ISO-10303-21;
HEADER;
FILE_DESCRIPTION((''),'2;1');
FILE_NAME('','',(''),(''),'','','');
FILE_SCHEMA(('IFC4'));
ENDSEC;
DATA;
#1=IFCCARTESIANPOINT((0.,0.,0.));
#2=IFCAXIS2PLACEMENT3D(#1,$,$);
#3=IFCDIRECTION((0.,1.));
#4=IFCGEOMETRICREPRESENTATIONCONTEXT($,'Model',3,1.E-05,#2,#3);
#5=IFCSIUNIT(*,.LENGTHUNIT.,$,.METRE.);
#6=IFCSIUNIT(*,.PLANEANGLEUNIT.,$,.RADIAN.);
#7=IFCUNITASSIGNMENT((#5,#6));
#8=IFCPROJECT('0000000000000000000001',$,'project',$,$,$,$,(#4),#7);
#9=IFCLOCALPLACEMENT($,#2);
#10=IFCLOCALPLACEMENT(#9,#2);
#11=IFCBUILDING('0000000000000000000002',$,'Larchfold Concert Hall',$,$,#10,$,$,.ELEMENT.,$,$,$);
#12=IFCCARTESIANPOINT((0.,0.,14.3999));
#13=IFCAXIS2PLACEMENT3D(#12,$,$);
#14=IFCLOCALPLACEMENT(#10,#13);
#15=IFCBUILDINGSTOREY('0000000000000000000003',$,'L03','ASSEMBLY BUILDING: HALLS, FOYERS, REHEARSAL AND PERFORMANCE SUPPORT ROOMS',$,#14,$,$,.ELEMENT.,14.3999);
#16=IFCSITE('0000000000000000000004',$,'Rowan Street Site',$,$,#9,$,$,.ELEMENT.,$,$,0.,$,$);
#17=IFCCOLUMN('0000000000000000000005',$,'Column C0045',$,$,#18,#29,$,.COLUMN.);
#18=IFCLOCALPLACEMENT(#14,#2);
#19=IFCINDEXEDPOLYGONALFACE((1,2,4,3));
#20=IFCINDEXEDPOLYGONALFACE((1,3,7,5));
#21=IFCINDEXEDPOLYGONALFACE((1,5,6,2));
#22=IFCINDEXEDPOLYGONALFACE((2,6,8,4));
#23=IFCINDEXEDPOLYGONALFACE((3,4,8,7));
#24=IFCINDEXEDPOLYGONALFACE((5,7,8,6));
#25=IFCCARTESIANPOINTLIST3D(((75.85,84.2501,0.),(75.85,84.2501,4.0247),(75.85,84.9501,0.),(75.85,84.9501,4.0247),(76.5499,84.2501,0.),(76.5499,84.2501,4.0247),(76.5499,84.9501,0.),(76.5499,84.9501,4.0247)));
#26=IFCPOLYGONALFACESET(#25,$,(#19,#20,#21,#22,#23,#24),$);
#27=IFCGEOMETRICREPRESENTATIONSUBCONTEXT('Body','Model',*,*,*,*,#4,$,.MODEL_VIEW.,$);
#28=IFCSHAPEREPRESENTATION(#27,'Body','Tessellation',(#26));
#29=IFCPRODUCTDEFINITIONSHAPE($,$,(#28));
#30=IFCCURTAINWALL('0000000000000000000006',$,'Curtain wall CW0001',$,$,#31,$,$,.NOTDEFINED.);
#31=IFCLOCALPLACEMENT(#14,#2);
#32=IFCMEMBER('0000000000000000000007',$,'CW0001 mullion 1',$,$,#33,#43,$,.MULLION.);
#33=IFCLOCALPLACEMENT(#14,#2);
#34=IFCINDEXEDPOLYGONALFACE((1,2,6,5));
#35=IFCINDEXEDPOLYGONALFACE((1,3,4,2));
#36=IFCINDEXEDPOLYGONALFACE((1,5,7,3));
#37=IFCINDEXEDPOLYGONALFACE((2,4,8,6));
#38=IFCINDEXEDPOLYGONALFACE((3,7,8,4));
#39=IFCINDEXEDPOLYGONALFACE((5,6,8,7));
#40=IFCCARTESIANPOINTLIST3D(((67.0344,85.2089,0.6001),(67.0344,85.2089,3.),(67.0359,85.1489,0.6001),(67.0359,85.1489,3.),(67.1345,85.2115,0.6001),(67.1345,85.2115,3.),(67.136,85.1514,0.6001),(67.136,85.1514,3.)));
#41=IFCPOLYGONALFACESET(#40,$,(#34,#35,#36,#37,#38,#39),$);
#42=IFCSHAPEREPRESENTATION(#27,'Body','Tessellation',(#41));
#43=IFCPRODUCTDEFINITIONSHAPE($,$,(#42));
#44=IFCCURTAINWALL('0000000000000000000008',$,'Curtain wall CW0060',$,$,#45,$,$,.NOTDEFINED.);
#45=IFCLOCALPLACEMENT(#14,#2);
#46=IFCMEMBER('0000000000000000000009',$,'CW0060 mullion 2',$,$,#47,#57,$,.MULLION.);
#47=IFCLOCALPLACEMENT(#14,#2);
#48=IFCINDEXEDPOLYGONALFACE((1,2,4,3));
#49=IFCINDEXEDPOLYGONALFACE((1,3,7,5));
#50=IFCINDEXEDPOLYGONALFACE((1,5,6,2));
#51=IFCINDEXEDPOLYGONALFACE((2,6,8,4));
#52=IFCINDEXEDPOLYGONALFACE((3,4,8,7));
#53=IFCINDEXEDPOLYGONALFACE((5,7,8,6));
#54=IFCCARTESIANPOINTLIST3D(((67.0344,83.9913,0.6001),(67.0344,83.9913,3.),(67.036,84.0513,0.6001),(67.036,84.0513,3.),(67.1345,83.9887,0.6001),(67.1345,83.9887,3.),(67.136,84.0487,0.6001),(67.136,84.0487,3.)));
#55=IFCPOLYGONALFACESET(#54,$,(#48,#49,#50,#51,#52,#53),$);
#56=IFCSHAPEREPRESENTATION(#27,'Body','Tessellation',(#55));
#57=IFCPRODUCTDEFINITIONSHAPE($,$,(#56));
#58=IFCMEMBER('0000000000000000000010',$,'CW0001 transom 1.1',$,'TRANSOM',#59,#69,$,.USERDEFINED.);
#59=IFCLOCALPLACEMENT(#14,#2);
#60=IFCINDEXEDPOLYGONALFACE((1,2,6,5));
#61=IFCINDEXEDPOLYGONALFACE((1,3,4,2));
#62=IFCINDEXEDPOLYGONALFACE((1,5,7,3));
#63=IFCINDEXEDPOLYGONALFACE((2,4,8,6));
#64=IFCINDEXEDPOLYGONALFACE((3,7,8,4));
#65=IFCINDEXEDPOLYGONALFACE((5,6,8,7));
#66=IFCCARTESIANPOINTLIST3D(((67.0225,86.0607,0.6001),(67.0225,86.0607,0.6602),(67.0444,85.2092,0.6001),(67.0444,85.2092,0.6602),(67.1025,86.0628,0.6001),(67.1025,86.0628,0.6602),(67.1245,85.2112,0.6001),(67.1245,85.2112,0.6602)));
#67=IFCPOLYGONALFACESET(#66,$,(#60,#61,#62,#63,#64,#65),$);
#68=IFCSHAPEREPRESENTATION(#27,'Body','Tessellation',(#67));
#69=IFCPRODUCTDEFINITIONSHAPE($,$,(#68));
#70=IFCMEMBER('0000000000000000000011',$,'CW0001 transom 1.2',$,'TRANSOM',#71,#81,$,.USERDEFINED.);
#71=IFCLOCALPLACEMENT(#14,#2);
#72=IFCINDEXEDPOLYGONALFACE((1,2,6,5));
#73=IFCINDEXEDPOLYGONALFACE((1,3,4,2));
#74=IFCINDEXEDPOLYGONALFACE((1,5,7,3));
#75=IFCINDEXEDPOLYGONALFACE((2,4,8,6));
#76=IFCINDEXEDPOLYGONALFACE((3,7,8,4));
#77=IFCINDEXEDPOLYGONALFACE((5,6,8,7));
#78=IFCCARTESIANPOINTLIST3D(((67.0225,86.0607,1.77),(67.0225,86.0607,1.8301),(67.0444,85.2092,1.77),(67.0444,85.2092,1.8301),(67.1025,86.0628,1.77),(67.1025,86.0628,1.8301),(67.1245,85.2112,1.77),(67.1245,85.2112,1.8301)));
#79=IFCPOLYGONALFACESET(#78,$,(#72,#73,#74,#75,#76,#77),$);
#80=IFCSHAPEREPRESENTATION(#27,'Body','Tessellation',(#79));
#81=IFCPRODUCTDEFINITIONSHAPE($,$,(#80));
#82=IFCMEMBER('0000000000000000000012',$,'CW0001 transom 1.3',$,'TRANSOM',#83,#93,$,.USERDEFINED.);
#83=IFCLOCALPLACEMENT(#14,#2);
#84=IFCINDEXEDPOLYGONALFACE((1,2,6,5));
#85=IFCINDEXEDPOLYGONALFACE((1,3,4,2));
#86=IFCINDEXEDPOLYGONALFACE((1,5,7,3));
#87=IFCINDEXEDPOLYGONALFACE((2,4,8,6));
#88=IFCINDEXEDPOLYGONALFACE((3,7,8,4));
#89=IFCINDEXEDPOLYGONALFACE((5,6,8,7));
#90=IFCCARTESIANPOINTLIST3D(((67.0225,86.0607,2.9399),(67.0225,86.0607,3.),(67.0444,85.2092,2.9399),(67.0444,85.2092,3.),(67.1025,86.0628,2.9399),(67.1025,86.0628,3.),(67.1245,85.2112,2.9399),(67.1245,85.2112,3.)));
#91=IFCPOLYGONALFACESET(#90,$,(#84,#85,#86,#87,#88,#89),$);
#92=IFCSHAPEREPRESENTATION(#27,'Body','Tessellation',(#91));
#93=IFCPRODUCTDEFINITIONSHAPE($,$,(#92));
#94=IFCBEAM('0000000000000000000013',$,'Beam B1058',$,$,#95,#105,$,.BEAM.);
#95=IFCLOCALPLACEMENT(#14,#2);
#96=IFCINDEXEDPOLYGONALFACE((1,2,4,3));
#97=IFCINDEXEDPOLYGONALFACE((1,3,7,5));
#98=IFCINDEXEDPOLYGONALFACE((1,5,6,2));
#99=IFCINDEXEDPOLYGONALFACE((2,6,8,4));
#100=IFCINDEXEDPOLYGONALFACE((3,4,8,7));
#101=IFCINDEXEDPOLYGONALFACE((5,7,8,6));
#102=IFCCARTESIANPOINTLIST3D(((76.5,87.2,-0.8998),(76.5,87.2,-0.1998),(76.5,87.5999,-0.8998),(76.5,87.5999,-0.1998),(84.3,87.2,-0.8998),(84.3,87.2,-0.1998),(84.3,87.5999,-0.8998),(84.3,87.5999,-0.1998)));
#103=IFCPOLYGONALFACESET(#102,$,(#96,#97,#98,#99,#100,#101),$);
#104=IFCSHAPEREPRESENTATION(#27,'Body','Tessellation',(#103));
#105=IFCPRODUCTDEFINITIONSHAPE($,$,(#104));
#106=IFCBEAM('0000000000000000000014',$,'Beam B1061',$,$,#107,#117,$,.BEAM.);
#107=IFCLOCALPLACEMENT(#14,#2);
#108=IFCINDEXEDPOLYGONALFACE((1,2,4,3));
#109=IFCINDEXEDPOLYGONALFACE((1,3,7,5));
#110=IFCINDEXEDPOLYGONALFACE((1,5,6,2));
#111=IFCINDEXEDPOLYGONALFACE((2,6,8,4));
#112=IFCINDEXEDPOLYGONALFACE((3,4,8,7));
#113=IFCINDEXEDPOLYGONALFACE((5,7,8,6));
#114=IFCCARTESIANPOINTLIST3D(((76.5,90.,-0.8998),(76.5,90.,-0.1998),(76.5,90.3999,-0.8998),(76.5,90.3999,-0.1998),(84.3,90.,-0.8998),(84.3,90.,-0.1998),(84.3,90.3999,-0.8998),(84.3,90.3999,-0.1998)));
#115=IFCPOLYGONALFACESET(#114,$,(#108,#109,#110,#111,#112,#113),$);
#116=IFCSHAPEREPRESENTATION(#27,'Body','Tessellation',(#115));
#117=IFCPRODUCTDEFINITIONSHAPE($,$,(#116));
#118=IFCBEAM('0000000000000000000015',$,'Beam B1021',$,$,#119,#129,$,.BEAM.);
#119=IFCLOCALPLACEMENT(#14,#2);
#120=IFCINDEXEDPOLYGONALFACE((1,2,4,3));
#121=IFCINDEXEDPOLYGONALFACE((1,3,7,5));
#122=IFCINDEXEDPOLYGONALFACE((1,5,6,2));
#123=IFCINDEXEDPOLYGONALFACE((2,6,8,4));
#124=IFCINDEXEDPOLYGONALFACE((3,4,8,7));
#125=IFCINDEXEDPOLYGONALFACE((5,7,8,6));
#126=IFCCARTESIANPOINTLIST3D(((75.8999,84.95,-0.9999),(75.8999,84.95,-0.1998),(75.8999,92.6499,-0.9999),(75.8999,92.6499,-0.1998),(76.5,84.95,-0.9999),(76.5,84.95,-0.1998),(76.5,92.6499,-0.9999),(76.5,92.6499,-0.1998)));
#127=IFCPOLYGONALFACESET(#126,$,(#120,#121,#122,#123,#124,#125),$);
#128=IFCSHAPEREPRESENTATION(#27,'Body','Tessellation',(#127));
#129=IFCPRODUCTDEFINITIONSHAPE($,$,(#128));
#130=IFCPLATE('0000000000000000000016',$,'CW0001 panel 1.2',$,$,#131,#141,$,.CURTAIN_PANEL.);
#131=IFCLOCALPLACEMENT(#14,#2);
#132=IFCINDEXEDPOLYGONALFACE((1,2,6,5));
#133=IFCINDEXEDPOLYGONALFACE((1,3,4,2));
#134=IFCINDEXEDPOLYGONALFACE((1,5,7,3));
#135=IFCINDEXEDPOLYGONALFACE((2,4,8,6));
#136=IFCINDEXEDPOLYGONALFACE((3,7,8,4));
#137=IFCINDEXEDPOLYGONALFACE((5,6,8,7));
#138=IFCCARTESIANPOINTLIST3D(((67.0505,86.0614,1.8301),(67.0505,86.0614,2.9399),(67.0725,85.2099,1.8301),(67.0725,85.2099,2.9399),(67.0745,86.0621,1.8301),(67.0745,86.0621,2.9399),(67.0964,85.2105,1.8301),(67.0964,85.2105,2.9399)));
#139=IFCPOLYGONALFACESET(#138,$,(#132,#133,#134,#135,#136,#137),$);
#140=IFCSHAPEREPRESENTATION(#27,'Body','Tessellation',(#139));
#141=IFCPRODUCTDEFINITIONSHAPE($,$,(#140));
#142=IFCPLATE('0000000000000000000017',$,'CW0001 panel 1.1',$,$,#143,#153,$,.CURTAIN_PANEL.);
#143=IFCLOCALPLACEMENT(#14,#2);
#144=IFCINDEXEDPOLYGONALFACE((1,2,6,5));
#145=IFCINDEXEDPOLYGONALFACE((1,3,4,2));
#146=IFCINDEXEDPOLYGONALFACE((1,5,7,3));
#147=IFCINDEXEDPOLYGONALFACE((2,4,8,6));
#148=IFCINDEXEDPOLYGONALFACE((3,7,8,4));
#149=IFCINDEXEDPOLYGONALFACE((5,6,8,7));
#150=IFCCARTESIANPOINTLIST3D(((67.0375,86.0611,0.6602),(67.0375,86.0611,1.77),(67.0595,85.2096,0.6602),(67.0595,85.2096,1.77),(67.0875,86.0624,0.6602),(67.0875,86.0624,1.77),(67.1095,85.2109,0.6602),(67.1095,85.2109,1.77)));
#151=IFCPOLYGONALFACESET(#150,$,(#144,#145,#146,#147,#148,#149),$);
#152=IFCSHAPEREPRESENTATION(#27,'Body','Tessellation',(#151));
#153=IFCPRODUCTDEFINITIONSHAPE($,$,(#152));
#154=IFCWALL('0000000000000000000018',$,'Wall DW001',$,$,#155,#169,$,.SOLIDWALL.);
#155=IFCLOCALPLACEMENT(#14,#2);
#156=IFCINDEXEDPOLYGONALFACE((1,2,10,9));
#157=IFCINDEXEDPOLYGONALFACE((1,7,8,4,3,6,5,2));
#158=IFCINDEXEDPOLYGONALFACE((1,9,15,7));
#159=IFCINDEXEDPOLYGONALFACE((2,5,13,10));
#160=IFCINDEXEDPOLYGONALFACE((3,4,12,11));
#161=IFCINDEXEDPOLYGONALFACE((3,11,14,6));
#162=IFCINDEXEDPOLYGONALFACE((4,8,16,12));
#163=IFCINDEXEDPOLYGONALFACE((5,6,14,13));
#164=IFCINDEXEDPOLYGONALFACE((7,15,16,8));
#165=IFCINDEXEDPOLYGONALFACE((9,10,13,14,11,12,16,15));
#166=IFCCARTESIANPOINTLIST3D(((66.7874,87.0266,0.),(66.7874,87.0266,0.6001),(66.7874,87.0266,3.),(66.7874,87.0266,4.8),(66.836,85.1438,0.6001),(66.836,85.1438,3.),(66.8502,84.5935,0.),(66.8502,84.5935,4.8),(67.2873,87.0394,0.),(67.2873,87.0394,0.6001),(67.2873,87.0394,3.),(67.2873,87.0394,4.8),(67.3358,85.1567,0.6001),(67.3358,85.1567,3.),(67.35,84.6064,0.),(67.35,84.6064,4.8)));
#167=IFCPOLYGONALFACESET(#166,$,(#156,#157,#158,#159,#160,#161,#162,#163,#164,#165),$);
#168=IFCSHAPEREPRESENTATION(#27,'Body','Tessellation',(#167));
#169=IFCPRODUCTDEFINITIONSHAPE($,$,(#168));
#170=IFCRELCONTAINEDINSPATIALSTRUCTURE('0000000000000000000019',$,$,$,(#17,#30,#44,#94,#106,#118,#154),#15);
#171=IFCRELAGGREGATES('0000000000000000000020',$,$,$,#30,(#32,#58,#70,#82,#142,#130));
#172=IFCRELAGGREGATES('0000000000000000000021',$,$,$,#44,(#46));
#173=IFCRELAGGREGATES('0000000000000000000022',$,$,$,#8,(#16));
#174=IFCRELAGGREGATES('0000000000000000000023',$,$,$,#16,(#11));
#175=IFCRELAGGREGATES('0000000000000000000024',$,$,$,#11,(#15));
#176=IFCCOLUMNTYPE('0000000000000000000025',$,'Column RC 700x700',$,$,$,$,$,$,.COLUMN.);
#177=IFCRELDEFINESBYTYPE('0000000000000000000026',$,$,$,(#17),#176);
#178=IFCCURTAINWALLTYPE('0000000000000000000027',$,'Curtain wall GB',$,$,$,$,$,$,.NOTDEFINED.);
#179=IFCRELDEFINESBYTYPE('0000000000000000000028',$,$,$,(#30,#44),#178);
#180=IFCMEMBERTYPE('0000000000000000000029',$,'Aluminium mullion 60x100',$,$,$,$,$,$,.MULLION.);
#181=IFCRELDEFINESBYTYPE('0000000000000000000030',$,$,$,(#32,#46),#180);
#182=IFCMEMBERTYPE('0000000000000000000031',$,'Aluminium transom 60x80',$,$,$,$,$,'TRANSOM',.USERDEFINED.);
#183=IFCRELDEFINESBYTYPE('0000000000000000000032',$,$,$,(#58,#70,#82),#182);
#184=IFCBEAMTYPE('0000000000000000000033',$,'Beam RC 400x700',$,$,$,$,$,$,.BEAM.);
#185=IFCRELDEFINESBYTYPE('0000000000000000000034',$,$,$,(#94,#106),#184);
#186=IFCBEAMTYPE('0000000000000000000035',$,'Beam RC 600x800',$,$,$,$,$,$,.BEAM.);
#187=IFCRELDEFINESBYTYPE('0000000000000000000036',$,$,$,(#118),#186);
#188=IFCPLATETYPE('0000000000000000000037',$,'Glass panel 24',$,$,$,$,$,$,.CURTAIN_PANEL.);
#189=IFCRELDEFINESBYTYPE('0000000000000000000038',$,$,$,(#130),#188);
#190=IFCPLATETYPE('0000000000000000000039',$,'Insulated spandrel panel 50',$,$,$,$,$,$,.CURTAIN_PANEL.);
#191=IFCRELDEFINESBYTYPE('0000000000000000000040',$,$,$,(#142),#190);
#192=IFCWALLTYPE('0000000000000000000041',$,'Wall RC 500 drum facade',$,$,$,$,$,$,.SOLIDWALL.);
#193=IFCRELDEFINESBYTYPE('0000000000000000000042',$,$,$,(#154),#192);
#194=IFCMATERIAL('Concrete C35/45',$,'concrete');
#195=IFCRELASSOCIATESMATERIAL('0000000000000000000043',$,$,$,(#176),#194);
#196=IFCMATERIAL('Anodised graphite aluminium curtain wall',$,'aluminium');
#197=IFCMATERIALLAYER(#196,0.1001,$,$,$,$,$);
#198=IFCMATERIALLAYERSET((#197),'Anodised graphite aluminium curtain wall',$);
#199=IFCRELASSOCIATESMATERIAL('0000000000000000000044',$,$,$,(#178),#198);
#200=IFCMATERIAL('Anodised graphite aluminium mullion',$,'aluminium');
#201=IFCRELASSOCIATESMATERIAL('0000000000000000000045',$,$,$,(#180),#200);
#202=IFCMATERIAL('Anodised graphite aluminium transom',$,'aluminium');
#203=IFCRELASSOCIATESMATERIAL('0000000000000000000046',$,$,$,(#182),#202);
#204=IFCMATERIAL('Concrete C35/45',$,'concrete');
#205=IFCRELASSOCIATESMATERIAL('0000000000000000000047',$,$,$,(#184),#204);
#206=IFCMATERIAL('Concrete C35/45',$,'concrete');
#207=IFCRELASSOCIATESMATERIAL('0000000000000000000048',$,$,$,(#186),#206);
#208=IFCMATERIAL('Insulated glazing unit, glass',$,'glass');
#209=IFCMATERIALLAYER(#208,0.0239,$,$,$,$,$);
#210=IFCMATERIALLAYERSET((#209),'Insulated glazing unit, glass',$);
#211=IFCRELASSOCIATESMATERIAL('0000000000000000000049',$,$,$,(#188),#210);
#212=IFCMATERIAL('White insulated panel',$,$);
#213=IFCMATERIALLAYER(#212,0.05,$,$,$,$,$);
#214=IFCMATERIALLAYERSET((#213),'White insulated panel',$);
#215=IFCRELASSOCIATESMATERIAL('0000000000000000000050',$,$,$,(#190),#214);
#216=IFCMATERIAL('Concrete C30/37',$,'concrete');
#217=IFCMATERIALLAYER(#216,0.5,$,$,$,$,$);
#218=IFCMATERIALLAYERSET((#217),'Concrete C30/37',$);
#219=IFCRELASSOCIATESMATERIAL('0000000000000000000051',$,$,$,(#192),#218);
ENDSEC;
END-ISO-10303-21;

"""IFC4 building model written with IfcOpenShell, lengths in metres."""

from ifc_helpers import new_model, si_unit, direction, frame, frame_2d, origin, origin_2d, place, context, subcontext, project, spatial, rectangle, extrude, material, layer, layer_set, material_profile, profile_set, type_object, element, fill, aggregate, save


model = new_model("IFC4")

# Units and contexts
model_context = context("Model", 3, precision=1e-05, world=origin(), true_north=direction((0.0, 1.0)))
body_context = subcontext(model_context, "Body", "Model", "MODEL_VIEW")
ifc_project = project(units=[si_unit("LENGTHUNIT", "METRE"), si_unit("PLANEANGLEUNIT", "RADIAN")], contexts=[model_context])

# Site, building, storey
site_placement = place(None, origin())
site = spatial("IfcSite", under=ifc_project, at=site_placement, Name="Rowan Street Site", CompositionType="ELEMENT", RefElevation=0.0)
building_placement = place(site_placement, origin())
building = spatial("IfcBuilding", under=site, at=building_placement, Name="Larchfold Concert Hall", CompositionType="ELEMENT")
storey_placement = place(building_placement, frame((0.0, 0.0, 14.3999)))
storey = spatial("IfcBuildingStorey", under=building, at=storey_placement, Name="L03", Description="ASSEMBLY BUILDING: HALLS, FOYERS, REHEARSAL AND PERFORMANCE SUPPORT ROOMS", CompositionType="ELEMENT", Elevation=14.3999)

# Column
ifc_material_1 = material(Name="Concrete C35/45", Category="concrete")
ifc_material_profile_1 = material_profile(ifc_material_1, rectangle(XDim=0.7, YDim=0.7, at=origin_2d()))
ifc_profile_set_1 = profile_set([ifc_material_profile_1], Name="Concrete C35/45")
column_type = type_object("IfcColumnType", Name="Column RC 700x700", PredefinedType="COLUMN", material=ifc_profile_set_1)
column_placement = place(storey_placement, frame((76.2, 84.6001, 0.0), z_axis=(0.0, 0.0, 1.0), x_axis=(1.0, 0.0, 0.0)))
element("IfcColumn", 1, at=column_placement, inside=storey, type_object=column_type, Name="Column C0045", PredefinedType="COLUMN", context=body_context, shape_type="SweptSolid", body=[
    extrude(rectangle(XDim=0.7, YDim=0.7, at=origin_2d()), origin(), (0.0, 0.0, 1.0), 4.0247),
])

# Curtain walls, members
ifc_material_2 = material(Name="Anodised graphite aluminium curtain wall", Category="aluminium")
ifc_layer_1 = layer(ifc_material_2, 0.1001)
ifc_layer_set_1 = layer_set([ifc_layer_1], Name="Anodised graphite aluminium curtain wall")
curtain_wall_type = type_object("IfcCurtainWallType", Name="Curtain wall GB", PredefinedType="NOTDEFINED", material=ifc_layer_set_1)
curtain_wall_1_placement = place(storey_placement, origin())
curtain_wall_1 = element("IfcCurtainWall", 2, at=curtain_wall_1_placement, inside=storey, type_object=curtain_wall_type, Name="Curtain wall CW0001", PredefinedType="NOTDEFINED")
ifc_material_3 = material(Name="Anodised graphite aluminium mullion", Category="aluminium")
ifc_material_profile_2 = material_profile(ifc_material_3, rectangle(XDim=0.1001, YDim=0.0601, at=origin_2d()))
ifc_profile_set_2 = profile_set([ifc_material_profile_2], Name="Anodised graphite aluminium mullion")
member_type_1 = type_object("IfcMemberType", Name="Aluminium mullion 60x100", PredefinedType="MULLION", material=ifc_profile_set_2)
member_1_placement = place(storey_placement, frame((67.0852, 85.1802, 0.6001), z_axis=(0.0, 0.0, 1.0), x_axis=(-0.999667, -0.025792, 0.0)))
member_1 = element("IfcMember", 3, at=member_1_placement, type_object=member_type_1, Name="CW0001 mullion 1", PredefinedType="MULLION", context=body_context, shape_type="SweptSolid", body=[
    extrude(rectangle(XDim=0.1001, YDim=0.0601, at=origin_2d()), origin(), (0.0, 0.0, 1.0), 2.3999),
])
curtain_wall_2_placement = place(storey_placement, origin())
curtain_wall_2 = element("IfcCurtainWall", 4, at=curtain_wall_2_placement, inside=storey, type_object=curtain_wall_type, Name="Curtain wall CW0060", PredefinedType="NOTDEFINED")
member_2_placement = place(storey_placement, frame((67.0852, 84.02, 0.6001), z_axis=(0.0, 0.0, 1.0), x_axis=(-0.99966, 0.026069, 0.0)))
member_2 = element("IfcMember", 5, at=member_2_placement, type_object=member_type_1, Name="CW0060 mullion 2", PredefinedType="MULLION", context=body_context, shape_type="SweptSolid", body=[
    extrude(rectangle(XDim=0.1001, YDim=0.0601, at=origin_2d()), origin(), (0.0, 0.0, 1.0), 2.3999),
])

# Members
ifc_material_4 = material(Name="Anodised graphite aluminium transom", Category="aluminium")
ifc_material_profile_3 = material_profile(ifc_material_4, rectangle(XDim=0.0801, YDim=0.0601, at=origin_2d()))
ifc_profile_set_3 = profile_set([ifc_material_profile_3], Name="Anodised graphite aluminium transom")
member_type_2 = type_object("IfcMemberType", Name="Aluminium transom 60x80", ElementType="TRANSOM", PredefinedType="USERDEFINED", material=ifc_profile_set_3)
member_3_placement = place(storey_placement, frame((67.0845, 85.2102, 0.6301), z_axis=(-0.025794, 0.999667, 0.0), x_axis=(-0.999667, -0.025794, 0.0)))
member_3 = element("IfcMember", 6, at=member_3_placement, type_object=member_type_2, Name="CW0001 transom 1.1", ObjectType="TRANSOM", PredefinedType="USERDEFINED", context=body_context, shape_type="SweptSolid", body=[
    extrude(rectangle(XDim=0.0801, YDim=0.0601, at=origin_2d()), origin(), (0.0, 0.0, 1.0), 0.8518),
])
member_4_placement = place(storey_placement, frame((67.0845, 85.2102, 1.8), z_axis=(-0.025794, 0.999667, 0.0), x_axis=(-0.999667, -0.025794, 0.0)))
member_4 = element("IfcMember", 7, at=member_4_placement, type_object=member_type_2, Name="CW0001 transom 1.2", ObjectType="TRANSOM", PredefinedType="USERDEFINED", context=body_context, shape_type="SweptSolid", body=[
    extrude(rectangle(XDim=0.0801, YDim=0.0601, at=origin_2d()), origin(), (0.0, 0.0, 1.0), 0.8518),
])
member_5_placement = place(storey_placement, frame((67.0845, 85.2102, 2.97), z_axis=(-0.025794, 0.999667, 0.0), x_axis=(-0.999667, -0.025794, 0.0)))
member_5 = element("IfcMember", 8, at=member_5_placement, type_object=member_type_2, Name="CW0001 transom 1.3", ObjectType="TRANSOM", PredefinedType="USERDEFINED", context=body_context, shape_type="SweptSolid", body=[
    extrude(rectangle(XDim=0.0801, YDim=0.0601, at=origin_2d()), origin(), (0.0, 0.0, 1.0), 0.8518),
])

# Beams
ifc_material_5 = material(Name="Concrete C35/45", Category="concrete")
ifc_material_profile_4 = material_profile(ifc_material_5, rectangle(XDim=0.3999, YDim=0.7, at=origin_2d()))
ifc_profile_set_4 = profile_set([ifc_material_profile_4], Name="Concrete C35/45")
beam_type_1 = type_object("IfcBeamType", Name="Beam RC 400x700", PredefinedType="BEAM", material=ifc_profile_set_4)
for number, where, z_axis, x_axis, name in (
    (9, (76.5, 87.3999, -0.5498), (1.0, 0.0, 0.0), (0.0, 1.0, 0.0), "Beam B1058"),
    (10, (76.5, 90.2, -0.5498), (1.0, 0.0, 0.0), (0.0, 1.0, 0.0), "Beam B1061"),
):
    element("IfcBeam", number, at=place(storey_placement, frame(where, z_axis=z_axis, x_axis=x_axis)), inside=storey, type_object=beam_type_1, Name=name, PredefinedType="BEAM", context=body_context, shape_type="SweptSolid", body=[
        extrude(rectangle(XDim=0.3999, YDim=0.7, at=origin_2d()), origin(), (0.0, 0.0, 1.0), 7.8),
    ])
ifc_material_6 = material(Name="Concrete C35/45", Category="concrete")
ifc_material_profile_5 = material_profile(ifc_material_6, rectangle(XDim=0.6001, YDim=0.8, at=origin_2d()))
ifc_profile_set_5 = profile_set([ifc_material_profile_5], Name="Concrete C35/45")
beam_type_2 = type_object("IfcBeamType", Name="Beam RC 600x800", PredefinedType="BEAM", material=ifc_profile_set_5)
for number, where, z_axis, x_axis, name in (
    (11, (76.2, 84.95, -0.5999), (0.0, 1.0, 0.0), (-1.0, 0.0, 0.0), "Beam B1021"),
):
    element("IfcBeam", number, at=place(storey_placement, frame(where, z_axis=z_axis, x_axis=x_axis)), inside=storey, type_object=beam_type_2, Name=name, PredefinedType="BEAM", context=body_context, shape_type="SweptSolid", body=[
        extrude(rectangle(XDim=0.6001, YDim=0.8, at=origin_2d()), origin(), (0.0, 0.0, 1.0), 7.7),
    ])

# Plates
ifc_material_7 = material(Name="Insulated glazing unit, glass", Category="glass")
ifc_layer_2 = layer(ifc_material_7, 0.0239)
ifc_layer_set_2 = layer_set([ifc_layer_2], Name="Insulated glazing unit, glass")
plate_type_1 = type_object("IfcPlateType", Name="Glass panel 24", PredefinedType="CURTAIN_PANEL", material=ifc_layer_set_2)
plate_1_placement = place(storey_placement, frame((67.0735, 85.636, 1.8301), z_axis=(0.0, 0.0, 1.0), x_axis=(-0.025792, 0.999667, 0.0)))
plate_1 = element("IfcPlate", 12, at=plate_1_placement, type_object=plate_type_1, Name="CW0001 panel 1.2", PredefinedType="CURTAIN_PANEL", context=body_context, shape_type="SweptSolid", body=[
    extrude(rectangle(XDim=0.8518, YDim=0.0239, at=origin_2d()), origin(), (0.0, 0.0, 1.0), 1.1099),
])
ifc_material_8 = material(Name="White insulated panel")
ifc_layer_3 = layer(ifc_material_8, 0.05)
ifc_layer_set_3 = layer_set([ifc_layer_3], Name="White insulated panel")
plate_type_2 = type_object("IfcPlateType", Name="Insulated spandrel panel 50", PredefinedType="CURTAIN_PANEL", material=ifc_layer_set_3)
plate_2_placement = place(storey_placement, frame((67.0735, 85.636, 0.6602), z_axis=(0.0, 0.0, 1.0), x_axis=(-0.025792, 0.999667, 0.0)))
plate_2 = element("IfcPlate", 13, at=plate_2_placement, type_object=plate_type_2, Name="CW0001 panel 1.1", PredefinedType="CURTAIN_PANEL", context=body_context, shape_type="SweptSolid", body=[
    extrude(rectangle(XDim=0.8518, YDim=0.05, at=origin_2d()), origin(), (0.0, 0.0, 1.0), 1.1099),
])
aggregate(curtain_wall_1, [member_1, member_3, member_4, member_5, plate_2, plate_1])
aggregate(curtain_wall_2, [member_2])

# Wall, opening
ifc_material_9 = material(Name="Concrete C30/37", Category="concrete")
ifc_layer_4 = layer(ifc_material_9, 0.5)
ifc_layer_set_4 = layer_set([ifc_layer_4], Name="Concrete C30/37")
wall_type_1 = type_object("IfcWallType", Name="Wall RC 500 drum facade", PredefinedType="SOLIDWALL", material=ifc_layer_set_4)
wall_1_placement = place(storey_placement, frame((67.1001, 84.6001, 0.0), z_axis=(0.0, 0.0, 1.0), x_axis=(-0.025779, 0.999668, 0.0)))
wall_1 = element("IfcWall", 14, at=wall_1_placement, inside=storey, type_object=wall_type_1, Name="Wall DW001", PredefinedType="SOLIDWALL", context=body_context, shape_type="SweptSolid", body=[
    extrude(rectangle(XDim=2.4338, YDim=0.5, at=frame_2d((1.2168, 0.0))), origin(), (0.0, 0.0, 1.0), 4.8),
])
opening_1_placement = place(wall_1_placement, frame((0.5503, 0.0, 0.6001)))
opening_1 = element("IfcOpeningElement", 15, at=opening_1_placement, cuts=wall_1, PredefinedType="OPENING", context=body_context, shape_type="SweptSolid", body=[
    extrude(rectangle(XDim=1.8838, YDim=2.3999, at=frame_2d((0.9419, 1.2))), frame((0.0, 0.26, 0.0), z_axis=(0.0, -1.0, 0.0), x_axis=(1.0, 0.0, 0.0)), (0.0, 0.0, 1.0), 0.52),
])
fill(opening_1, curtain_wall_1)

save(model, "model.ifc")
